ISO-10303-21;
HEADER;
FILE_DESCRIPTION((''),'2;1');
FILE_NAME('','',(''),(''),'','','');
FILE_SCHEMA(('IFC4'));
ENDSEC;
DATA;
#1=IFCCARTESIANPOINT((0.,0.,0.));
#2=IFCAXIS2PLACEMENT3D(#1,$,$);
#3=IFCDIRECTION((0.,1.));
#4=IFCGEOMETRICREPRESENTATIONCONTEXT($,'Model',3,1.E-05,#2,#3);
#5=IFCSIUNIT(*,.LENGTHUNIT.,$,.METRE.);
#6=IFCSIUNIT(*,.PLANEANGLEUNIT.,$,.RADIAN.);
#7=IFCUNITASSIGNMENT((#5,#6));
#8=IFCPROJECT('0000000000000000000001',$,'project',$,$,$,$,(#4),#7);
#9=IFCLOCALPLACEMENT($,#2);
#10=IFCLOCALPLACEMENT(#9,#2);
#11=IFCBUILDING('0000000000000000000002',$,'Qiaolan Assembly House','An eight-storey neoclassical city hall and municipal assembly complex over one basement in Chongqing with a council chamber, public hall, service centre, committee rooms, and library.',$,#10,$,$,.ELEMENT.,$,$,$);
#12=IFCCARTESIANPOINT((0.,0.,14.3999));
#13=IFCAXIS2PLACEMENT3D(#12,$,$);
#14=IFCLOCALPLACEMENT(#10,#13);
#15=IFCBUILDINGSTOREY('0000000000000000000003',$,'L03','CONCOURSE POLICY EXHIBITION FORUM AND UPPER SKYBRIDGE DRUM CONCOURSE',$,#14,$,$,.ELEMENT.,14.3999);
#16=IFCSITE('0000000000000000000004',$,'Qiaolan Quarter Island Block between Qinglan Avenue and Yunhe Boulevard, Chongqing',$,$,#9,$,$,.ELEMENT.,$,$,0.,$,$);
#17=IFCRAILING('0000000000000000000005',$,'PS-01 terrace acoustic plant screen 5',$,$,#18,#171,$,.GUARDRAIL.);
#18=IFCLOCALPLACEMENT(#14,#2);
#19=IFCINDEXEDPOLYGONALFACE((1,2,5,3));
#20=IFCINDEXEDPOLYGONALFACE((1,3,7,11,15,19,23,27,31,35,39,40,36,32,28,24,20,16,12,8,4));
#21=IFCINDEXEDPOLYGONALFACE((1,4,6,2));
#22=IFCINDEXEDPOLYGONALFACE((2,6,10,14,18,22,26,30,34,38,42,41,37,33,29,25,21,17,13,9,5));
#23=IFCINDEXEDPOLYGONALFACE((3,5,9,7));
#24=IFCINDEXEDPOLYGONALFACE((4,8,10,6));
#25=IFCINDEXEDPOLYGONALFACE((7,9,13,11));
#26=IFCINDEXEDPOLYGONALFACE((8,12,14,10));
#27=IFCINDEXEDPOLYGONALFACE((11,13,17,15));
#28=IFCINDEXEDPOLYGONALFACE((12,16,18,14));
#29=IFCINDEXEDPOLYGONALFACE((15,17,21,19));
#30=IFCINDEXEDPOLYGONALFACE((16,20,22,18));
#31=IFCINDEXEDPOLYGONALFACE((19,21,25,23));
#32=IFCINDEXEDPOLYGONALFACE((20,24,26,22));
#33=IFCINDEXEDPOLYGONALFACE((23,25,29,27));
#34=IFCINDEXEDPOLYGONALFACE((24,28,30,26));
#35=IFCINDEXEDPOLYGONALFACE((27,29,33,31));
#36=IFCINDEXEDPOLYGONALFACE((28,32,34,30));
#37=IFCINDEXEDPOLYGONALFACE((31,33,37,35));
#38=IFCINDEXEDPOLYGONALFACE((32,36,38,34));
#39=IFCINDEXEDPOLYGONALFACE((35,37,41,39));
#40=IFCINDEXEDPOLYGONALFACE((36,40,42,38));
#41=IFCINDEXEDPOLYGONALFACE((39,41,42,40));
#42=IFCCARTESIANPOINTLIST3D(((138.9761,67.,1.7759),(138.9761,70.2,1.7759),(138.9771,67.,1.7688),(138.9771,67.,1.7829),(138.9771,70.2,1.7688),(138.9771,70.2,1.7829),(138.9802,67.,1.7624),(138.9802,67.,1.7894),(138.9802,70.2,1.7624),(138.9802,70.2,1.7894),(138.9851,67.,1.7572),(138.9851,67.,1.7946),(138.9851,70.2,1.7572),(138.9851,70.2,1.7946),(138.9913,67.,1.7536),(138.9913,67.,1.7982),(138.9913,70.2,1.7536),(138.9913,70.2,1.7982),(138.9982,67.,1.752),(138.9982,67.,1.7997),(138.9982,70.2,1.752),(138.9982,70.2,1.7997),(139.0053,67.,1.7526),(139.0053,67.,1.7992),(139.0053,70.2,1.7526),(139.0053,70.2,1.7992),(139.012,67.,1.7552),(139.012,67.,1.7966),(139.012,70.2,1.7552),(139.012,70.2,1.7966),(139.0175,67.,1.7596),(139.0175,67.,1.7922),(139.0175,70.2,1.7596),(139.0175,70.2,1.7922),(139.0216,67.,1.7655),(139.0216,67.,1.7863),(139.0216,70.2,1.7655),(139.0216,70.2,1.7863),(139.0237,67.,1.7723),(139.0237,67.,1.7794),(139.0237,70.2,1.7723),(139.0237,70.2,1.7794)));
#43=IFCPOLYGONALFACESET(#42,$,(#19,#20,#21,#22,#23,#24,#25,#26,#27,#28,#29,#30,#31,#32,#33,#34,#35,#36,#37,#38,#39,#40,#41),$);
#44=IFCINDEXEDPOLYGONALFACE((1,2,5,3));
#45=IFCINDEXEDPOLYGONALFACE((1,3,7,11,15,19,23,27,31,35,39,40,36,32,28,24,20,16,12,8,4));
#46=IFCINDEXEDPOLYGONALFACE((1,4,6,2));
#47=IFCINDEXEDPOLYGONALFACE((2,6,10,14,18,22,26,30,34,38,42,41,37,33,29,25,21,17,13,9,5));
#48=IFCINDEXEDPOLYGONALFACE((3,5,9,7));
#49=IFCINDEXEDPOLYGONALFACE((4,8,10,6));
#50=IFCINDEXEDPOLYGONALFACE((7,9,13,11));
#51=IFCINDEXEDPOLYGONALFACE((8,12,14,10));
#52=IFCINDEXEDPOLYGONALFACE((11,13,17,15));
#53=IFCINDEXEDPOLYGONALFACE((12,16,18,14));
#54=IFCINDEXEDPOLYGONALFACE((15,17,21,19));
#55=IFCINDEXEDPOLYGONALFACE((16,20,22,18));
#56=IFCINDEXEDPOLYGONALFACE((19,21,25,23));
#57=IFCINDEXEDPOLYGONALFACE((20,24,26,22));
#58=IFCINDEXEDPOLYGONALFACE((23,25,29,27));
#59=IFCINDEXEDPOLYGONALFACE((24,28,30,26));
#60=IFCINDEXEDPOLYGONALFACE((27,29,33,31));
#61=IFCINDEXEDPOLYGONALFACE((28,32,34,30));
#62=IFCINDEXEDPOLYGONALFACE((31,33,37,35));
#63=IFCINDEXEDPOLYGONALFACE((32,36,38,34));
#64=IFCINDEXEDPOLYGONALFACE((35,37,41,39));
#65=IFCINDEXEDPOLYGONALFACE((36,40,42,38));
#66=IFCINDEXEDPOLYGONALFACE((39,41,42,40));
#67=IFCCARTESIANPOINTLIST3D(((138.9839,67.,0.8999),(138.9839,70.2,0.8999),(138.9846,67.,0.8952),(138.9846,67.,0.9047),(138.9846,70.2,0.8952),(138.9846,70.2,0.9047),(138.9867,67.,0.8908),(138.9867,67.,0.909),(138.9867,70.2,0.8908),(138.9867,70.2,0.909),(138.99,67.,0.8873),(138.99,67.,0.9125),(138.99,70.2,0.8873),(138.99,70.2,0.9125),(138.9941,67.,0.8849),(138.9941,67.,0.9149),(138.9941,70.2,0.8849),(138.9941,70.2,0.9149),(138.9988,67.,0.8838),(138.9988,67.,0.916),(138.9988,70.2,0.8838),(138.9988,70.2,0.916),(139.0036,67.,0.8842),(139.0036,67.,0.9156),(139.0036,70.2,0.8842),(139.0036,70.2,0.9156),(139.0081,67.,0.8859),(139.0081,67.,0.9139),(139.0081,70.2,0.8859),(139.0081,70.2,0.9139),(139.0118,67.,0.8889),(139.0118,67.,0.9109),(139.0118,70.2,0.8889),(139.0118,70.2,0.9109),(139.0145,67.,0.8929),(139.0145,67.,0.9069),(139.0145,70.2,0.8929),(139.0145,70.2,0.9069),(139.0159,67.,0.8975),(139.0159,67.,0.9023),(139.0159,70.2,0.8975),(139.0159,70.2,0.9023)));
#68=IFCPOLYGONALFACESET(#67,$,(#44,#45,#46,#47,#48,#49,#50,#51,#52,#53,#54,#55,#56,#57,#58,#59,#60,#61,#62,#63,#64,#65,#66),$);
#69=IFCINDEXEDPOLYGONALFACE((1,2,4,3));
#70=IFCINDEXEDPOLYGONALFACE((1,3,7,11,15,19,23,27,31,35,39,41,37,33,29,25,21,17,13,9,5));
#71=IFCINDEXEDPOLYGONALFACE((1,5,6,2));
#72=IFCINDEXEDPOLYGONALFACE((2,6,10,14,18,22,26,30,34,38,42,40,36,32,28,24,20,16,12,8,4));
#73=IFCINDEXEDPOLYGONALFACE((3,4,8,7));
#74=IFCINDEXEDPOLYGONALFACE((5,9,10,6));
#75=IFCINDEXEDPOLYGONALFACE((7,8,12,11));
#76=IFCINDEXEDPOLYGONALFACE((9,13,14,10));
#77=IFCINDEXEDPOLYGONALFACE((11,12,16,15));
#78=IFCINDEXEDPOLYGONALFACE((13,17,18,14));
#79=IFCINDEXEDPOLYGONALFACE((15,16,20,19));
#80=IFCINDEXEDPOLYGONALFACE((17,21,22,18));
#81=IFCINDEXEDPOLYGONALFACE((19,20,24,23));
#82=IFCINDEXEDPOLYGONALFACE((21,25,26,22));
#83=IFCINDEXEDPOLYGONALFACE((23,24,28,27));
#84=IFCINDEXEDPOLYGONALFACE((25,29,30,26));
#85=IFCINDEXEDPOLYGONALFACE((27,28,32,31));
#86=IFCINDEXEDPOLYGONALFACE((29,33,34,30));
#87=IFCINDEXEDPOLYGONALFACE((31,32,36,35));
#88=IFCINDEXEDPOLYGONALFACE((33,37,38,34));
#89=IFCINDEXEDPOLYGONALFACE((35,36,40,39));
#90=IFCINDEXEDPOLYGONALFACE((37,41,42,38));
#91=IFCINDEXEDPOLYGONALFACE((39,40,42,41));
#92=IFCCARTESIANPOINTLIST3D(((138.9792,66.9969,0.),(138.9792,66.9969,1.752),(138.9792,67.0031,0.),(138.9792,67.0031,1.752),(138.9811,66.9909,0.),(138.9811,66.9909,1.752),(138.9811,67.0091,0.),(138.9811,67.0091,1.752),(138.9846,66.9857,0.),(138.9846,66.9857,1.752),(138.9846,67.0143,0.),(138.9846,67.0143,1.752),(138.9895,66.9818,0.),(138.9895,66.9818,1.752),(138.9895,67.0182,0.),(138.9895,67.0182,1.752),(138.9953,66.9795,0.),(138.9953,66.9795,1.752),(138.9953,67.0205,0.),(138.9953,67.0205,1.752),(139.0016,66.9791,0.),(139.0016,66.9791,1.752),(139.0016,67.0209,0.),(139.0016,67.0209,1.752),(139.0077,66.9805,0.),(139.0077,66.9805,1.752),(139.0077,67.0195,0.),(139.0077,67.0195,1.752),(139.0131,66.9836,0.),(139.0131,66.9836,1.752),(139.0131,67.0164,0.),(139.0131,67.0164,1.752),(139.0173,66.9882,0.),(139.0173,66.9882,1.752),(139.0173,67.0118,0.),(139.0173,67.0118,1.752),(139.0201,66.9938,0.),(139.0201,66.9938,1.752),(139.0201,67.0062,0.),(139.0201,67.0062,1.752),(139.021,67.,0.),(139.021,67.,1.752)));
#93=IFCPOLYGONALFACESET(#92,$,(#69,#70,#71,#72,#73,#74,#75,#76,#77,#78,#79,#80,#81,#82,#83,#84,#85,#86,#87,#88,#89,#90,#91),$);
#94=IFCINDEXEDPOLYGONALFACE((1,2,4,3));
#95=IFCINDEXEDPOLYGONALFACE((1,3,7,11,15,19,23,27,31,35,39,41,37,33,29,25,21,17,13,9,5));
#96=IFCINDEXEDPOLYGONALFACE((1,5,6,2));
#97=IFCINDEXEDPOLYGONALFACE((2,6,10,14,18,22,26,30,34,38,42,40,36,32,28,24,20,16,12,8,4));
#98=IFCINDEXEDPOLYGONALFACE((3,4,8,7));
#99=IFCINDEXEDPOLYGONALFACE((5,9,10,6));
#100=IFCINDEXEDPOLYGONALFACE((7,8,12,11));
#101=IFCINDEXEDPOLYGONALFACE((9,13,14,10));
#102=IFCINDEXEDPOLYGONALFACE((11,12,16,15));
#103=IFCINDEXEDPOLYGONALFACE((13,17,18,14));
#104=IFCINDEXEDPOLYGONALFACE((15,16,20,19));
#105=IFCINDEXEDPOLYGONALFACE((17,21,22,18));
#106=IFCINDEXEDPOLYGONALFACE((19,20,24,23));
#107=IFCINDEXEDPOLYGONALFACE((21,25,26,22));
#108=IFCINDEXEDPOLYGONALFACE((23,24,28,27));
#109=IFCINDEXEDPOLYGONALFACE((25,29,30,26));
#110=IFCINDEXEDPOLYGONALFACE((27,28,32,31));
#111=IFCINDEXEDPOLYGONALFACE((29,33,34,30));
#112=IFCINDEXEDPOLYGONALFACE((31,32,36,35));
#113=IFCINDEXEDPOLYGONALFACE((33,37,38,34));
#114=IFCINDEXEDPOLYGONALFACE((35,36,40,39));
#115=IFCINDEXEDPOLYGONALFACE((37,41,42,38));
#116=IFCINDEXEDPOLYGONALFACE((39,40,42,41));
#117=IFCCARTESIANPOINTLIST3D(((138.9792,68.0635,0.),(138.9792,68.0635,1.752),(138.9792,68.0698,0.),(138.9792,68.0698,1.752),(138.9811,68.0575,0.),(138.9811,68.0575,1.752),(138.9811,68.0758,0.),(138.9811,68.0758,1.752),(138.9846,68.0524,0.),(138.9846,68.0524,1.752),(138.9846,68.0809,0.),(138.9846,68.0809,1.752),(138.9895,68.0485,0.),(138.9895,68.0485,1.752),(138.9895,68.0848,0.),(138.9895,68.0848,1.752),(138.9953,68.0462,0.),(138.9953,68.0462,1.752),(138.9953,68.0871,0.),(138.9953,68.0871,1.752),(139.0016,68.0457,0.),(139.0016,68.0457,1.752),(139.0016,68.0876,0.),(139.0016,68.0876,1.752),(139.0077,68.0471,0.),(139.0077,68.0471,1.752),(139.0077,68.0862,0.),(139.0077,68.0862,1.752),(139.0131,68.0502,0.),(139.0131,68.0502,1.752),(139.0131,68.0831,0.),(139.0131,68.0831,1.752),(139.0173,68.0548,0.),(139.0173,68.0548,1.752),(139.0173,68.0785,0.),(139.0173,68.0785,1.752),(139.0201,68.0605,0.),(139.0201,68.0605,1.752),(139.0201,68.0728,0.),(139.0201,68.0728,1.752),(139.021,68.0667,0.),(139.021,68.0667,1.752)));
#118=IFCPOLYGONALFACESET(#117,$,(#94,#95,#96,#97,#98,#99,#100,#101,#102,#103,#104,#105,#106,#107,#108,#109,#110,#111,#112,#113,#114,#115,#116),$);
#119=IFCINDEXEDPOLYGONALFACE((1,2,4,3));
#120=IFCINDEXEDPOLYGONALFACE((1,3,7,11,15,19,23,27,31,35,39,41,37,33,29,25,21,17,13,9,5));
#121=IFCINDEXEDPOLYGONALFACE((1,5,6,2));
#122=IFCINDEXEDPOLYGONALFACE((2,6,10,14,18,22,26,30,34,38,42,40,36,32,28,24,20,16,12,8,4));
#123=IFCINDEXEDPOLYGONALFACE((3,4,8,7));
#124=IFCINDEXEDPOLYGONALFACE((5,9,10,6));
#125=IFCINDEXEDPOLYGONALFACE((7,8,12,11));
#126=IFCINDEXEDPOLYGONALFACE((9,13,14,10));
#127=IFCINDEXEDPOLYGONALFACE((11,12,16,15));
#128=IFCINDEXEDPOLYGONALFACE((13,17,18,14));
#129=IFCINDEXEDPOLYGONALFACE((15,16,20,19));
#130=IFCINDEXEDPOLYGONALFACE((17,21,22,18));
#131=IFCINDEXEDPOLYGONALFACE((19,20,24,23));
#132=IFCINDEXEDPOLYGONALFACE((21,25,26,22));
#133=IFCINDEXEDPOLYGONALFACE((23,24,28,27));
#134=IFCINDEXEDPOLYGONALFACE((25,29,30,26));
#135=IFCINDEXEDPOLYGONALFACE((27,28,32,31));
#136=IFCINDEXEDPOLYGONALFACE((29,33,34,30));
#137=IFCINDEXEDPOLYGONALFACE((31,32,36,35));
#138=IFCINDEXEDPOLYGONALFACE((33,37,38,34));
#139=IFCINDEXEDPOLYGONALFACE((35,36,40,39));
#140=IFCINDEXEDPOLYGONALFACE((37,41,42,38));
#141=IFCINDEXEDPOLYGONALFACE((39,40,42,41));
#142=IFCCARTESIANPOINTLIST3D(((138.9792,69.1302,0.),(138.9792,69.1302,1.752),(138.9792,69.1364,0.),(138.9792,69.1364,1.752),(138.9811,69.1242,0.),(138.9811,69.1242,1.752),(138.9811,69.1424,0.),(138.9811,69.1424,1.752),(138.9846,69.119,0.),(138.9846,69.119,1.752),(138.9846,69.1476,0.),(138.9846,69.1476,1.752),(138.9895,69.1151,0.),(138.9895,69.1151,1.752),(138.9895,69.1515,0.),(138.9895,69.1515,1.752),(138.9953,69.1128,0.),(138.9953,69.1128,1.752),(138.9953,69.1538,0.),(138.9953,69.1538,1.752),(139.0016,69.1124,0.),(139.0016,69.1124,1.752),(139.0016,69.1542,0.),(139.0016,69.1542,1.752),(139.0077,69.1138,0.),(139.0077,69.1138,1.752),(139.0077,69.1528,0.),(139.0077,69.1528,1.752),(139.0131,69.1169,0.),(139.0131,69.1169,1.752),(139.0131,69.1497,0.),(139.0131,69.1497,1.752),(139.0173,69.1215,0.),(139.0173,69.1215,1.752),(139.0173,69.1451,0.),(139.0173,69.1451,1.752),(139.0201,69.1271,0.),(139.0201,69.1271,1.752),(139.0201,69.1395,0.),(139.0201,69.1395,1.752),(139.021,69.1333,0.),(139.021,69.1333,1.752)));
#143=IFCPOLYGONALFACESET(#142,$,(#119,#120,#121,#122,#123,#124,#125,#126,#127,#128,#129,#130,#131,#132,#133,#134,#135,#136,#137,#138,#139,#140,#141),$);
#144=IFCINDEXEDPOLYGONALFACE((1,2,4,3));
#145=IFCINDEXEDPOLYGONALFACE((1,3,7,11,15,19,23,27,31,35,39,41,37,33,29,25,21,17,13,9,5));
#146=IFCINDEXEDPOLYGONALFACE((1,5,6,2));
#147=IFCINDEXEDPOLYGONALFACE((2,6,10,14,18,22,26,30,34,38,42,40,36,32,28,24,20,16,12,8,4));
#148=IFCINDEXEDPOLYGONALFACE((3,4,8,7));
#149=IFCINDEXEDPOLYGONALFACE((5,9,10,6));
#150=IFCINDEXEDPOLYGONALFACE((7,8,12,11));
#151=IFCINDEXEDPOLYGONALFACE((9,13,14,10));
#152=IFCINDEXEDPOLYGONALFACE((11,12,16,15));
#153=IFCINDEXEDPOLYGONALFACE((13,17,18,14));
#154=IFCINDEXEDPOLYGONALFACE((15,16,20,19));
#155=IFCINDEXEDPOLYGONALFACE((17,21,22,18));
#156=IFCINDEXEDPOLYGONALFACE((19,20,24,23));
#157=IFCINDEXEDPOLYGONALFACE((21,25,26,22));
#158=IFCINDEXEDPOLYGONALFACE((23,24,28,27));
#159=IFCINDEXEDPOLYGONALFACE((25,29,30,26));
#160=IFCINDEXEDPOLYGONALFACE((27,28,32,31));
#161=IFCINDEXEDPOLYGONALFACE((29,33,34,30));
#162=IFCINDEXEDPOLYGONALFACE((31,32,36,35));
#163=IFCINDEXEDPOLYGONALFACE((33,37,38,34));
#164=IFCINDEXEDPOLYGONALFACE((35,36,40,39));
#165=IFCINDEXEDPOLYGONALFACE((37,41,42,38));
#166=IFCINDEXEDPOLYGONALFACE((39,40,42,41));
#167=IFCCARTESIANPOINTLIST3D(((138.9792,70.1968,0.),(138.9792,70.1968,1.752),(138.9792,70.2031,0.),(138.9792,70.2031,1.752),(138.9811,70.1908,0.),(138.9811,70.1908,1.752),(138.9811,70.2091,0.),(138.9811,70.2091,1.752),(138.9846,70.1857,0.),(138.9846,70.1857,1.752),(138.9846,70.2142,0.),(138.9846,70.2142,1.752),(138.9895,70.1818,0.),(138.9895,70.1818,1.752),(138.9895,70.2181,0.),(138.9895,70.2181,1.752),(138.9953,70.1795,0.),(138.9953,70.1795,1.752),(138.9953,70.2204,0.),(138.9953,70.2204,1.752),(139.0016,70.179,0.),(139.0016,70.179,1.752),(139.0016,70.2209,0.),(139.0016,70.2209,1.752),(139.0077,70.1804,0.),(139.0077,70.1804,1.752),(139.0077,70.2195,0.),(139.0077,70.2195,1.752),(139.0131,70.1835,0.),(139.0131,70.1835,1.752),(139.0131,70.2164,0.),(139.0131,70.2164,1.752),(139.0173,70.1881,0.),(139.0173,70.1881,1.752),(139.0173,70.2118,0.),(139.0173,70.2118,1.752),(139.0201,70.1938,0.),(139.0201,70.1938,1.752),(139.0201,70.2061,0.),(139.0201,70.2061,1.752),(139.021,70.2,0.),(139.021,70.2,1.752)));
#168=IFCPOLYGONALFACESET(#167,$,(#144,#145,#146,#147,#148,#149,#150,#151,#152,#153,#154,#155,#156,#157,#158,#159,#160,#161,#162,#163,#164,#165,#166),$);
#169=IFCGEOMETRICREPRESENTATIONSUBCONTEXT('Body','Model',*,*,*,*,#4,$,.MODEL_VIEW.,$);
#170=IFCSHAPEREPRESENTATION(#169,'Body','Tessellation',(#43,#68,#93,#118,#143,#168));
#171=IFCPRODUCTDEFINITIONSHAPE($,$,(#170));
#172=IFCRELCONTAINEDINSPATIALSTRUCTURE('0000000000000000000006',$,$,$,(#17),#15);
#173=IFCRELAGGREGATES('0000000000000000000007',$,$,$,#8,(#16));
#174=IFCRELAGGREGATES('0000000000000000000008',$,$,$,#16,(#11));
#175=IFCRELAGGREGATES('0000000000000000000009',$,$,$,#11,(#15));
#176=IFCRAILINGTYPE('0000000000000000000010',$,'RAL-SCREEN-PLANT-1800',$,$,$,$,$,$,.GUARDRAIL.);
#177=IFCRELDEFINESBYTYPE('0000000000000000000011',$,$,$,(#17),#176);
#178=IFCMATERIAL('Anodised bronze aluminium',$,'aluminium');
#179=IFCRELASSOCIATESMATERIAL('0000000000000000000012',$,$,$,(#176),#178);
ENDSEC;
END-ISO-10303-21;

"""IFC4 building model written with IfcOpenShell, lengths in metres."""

from ifc_helpers import new_model, si_unit, direction, frame, origin, origin_2d, place, context, subcontext, project, spatial, circle, extrude, material, type_object, element, save


model = new_model("IFC4")

# Units and contexts
model_context = context("Model", 3, precision=1e-05, world=origin(), true_north=direction((0.0, 1.0)))
body_context = subcontext(model_context, "Body", "Model", "MODEL_VIEW")
ifc_project = project(units=[si_unit("LENGTHUNIT", "METRE"), si_unit("PLANEANGLEUNIT", "RADIAN")], contexts=[model_context])

# Site, building, storey
site_placement = place(None, origin())
site = spatial("IfcSite", under=ifc_project, at=site_placement, Name="Qiaolan Quarter Island Block between Qinglan Avenue and Yunhe Boulevard, Chongqing", CompositionType="ELEMENT", RefElevation=0.0)
building_placement = place(site_placement, origin())
building = spatial("IfcBuilding", under=site, at=building_placement, Name="Qiaolan Assembly House", Description="An eight-storey neoclassical city hall and municipal assembly complex over one basement in Chongqing with a council chamber, public hall, service centre, committee rooms, and library.", CompositionType="ELEMENT")
storey_placement = place(building_placement, frame((0.0, 0.0, 14.3999)))
storey = spatial("IfcBuildingStorey", under=building, at=storey_placement, Name="L03", Description="CONCOURSE POLICY EXHIBITION FORUM AND UPPER SKYBRIDGE DRUM CONCOURSE", CompositionType="ELEMENT", Elevation=14.3999)

# Shared definitions
ifc_material_1 = material(Name="Anodised bronze aluminium", Category="aluminium")

# Railing
railing_type = type_object("IfcRailingType", Name="RAL-SCREEN-PLANT-1800", PredefinedType="GUARDRAIL", material=ifc_material_1)
for number, where, name in (
    (1, (139.0, 67.0, 0.0), "PS-01 terrace acoustic plant screen 5"),
):
    element("IfcRailing", number, at=place(storey_placement, frame(where)), inside=storey, type_object=railing_type, Name=name, PredefinedType="GUARDRAIL", context=body_context, shape_type="SweptSolid", body=[
        extrude(circle(Radius=0.0239, at=origin_2d()), frame((0.0, 0.0, 1.7759), z_axis=(0.0, 1.0, 0.0), x_axis=(-1.0, 0.0, 0.0)), (0.0, 0.0, 1.0), 3.2),
        extrude(circle(Radius=0.0161, at=origin_2d()), frame((0.0, 0.0, 0.8999), z_axis=(0.0, 1.0, 0.0), x_axis=(-1.0, 0.0, 0.0)), (0.0, 0.0, 1.0), 3.2),
        extrude(circle(Radius=0.021, at=origin_2d()), origin(), (0.0, 0.0, 1.0), 1.752),
        extrude(circle(Radius=0.021, at=origin_2d()), frame((0.0, 1.0667, 0.0)), (0.0, 0.0, 1.0), 1.752),
        extrude(circle(Radius=0.021, at=origin_2d()), frame((0.0, 2.1333, 0.0)), (0.0, 0.0, 1.0), 1.752),
        extrude(circle(Radius=0.021, at=origin_2d()), frame((0.0, 3.2, 0.0)), (0.0, 0.0, 1.0), 1.752),
    ])

save(model, "model.ifc")
